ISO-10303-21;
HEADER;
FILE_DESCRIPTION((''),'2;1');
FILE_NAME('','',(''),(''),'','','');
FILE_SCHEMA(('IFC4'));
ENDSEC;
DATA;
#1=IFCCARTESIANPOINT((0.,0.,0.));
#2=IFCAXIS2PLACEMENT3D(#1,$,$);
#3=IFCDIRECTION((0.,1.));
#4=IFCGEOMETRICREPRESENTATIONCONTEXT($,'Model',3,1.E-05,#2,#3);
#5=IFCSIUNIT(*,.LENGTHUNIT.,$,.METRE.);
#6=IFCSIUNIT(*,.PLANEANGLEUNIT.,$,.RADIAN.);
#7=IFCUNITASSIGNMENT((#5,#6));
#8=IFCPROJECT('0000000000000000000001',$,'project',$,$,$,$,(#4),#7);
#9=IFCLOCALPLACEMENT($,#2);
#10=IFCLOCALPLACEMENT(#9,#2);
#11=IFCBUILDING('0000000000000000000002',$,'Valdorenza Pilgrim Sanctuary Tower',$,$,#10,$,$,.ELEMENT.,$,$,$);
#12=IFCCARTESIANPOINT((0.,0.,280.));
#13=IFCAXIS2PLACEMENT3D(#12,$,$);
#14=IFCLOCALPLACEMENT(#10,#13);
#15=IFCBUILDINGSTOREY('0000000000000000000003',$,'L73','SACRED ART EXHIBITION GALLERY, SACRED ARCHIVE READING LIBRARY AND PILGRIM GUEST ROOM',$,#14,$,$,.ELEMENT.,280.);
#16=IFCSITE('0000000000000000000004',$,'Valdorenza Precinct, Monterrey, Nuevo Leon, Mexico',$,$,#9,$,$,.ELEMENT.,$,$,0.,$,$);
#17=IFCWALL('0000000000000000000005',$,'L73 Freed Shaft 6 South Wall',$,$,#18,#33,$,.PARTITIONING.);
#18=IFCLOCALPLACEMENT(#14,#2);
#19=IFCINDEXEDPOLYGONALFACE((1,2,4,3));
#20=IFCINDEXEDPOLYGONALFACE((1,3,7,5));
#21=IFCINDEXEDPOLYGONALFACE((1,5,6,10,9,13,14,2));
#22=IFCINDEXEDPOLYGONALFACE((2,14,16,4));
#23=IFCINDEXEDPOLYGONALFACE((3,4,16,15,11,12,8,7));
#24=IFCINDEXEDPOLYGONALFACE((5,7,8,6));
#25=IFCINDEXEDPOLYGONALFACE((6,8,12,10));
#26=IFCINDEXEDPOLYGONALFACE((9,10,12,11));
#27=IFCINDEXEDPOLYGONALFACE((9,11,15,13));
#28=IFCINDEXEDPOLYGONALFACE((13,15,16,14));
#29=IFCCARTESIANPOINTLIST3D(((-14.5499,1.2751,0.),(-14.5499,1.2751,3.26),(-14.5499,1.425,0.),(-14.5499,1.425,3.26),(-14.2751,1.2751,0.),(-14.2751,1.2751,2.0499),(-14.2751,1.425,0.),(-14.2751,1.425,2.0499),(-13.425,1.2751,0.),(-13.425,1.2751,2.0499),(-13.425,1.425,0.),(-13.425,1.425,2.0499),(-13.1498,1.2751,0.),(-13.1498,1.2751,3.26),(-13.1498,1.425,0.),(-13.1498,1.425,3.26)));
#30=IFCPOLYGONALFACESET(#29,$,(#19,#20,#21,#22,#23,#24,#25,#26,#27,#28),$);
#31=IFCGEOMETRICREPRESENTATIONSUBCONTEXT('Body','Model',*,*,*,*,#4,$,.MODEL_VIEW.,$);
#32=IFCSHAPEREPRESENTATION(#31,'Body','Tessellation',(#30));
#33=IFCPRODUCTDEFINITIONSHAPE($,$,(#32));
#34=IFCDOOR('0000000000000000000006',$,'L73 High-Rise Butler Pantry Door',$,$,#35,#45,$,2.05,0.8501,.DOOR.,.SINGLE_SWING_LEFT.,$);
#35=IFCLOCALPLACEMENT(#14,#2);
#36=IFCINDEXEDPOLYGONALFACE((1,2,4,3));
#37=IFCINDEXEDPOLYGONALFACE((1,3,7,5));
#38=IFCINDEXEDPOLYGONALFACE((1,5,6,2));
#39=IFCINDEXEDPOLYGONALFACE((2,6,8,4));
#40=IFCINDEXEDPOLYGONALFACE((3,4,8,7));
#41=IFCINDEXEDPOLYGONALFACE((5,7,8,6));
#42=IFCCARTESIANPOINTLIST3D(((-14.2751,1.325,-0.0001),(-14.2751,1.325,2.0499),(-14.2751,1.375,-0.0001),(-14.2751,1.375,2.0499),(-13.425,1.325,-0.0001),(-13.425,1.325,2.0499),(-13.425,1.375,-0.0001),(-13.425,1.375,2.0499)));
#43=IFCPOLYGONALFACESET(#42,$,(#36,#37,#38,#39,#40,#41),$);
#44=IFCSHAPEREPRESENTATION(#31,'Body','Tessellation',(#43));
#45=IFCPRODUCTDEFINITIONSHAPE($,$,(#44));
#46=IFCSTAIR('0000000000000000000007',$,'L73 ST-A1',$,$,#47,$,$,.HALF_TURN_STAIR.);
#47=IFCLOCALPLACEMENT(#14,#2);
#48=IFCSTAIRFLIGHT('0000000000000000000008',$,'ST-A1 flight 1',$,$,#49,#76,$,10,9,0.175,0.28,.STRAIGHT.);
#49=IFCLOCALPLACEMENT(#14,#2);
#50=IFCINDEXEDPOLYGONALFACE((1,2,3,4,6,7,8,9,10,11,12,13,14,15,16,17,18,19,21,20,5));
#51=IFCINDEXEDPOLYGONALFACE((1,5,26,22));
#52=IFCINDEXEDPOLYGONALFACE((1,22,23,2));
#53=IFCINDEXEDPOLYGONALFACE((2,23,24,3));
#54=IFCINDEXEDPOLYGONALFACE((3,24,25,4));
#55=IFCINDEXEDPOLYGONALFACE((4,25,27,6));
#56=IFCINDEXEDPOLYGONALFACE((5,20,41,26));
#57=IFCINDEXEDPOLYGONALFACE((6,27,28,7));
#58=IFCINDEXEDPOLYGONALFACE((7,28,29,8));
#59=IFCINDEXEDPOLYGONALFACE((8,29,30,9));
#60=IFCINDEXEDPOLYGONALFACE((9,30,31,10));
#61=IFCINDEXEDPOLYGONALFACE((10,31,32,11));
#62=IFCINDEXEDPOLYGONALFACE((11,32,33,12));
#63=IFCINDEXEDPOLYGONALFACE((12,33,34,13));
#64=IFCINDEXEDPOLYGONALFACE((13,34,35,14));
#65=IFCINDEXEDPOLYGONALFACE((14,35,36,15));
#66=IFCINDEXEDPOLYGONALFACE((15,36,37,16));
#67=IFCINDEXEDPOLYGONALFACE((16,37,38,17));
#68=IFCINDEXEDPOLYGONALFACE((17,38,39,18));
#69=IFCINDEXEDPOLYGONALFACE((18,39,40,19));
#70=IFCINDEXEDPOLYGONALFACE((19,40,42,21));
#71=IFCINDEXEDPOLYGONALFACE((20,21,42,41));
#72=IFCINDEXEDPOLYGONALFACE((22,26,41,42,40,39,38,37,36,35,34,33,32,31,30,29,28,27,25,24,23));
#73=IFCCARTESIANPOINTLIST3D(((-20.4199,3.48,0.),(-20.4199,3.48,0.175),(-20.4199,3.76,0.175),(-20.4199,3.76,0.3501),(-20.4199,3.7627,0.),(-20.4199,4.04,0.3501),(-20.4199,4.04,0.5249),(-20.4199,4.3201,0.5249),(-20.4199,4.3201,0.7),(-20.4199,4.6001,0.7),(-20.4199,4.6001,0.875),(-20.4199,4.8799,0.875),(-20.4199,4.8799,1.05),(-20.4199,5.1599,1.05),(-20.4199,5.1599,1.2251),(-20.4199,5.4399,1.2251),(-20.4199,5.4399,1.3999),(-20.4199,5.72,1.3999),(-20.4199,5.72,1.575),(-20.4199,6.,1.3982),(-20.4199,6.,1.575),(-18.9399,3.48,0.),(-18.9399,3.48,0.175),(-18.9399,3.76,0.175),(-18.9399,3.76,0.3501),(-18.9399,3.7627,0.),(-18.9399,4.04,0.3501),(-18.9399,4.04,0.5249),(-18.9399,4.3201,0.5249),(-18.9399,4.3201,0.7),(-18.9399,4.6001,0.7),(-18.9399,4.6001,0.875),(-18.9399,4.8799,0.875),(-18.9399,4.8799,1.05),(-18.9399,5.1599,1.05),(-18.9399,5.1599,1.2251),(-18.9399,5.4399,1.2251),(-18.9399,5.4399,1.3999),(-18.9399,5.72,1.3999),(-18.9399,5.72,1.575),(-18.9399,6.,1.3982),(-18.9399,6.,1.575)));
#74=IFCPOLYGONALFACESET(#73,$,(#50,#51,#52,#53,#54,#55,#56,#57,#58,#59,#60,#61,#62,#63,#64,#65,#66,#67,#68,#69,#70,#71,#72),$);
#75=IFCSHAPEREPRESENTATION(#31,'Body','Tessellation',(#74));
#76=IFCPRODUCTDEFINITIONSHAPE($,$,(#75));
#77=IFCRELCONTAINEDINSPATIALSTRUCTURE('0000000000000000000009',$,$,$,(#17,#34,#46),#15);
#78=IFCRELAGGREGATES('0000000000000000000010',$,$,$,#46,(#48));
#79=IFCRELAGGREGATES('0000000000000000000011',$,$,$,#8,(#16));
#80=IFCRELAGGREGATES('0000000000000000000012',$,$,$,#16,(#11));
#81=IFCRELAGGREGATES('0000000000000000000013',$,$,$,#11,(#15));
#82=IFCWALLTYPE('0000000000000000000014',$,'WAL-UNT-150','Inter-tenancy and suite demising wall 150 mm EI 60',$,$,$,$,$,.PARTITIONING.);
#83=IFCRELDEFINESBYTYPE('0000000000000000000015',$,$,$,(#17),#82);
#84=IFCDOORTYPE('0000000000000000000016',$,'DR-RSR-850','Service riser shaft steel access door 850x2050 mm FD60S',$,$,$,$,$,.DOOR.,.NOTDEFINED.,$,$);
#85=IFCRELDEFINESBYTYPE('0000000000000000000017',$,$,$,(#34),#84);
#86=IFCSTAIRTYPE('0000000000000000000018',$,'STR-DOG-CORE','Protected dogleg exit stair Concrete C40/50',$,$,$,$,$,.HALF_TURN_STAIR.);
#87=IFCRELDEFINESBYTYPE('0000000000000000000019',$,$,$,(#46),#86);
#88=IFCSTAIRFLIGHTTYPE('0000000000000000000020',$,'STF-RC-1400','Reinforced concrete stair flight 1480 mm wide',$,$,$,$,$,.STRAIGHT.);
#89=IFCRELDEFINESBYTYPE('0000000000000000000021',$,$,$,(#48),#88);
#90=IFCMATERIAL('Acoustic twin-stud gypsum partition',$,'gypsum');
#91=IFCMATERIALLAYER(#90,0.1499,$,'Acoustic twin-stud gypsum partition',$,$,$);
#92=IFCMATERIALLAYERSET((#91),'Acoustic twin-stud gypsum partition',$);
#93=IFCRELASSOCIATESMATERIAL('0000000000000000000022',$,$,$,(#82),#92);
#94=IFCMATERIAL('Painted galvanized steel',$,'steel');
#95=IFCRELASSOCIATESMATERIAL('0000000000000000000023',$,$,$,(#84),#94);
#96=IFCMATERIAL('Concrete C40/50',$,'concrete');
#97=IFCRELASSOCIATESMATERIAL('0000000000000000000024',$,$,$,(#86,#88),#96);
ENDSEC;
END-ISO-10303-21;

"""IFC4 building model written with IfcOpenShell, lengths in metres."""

from ifc_helpers import new_model, si_unit, direction, frame, frame_2d, origin, place, context, subcontext, project, spatial, polyline, rectangle, outline, extrude, material, layer, layer_set, type_object, element, fill, aggregate, save


model = new_model("IFC4")

# Units and contexts
model_context = context("Model", 3, precision=1e-05, world=origin(), true_north=direction((0.0, 1.0)))
body_context = subcontext(model_context, "Body", "Model", "MODEL_VIEW")
ifc_project = project(units=[si_unit("LENGTHUNIT", "METRE"), si_unit("PLANEANGLEUNIT", "RADIAN")], contexts=[model_context])

# Site, building, storey
site_placement = place(None, origin())
site = spatial("IfcSite", under=ifc_project, at=site_placement, Name="Valdorenza Precinct, Monterrey, Nuevo Leon, Mexico", CompositionType="ELEMENT", RefElevation=0.0)
building_placement = place(site_placement, origin())
building = spatial("IfcBuilding", under=site, at=building_placement, Name="Valdorenza Pilgrim Sanctuary Tower", CompositionType="ELEMENT")
storey_placement = place(building_placement, frame((0.0, 0.0, 280.0)))
storey = spatial("IfcBuildingStorey", under=building, at=storey_placement, Name="L73", Description="SACRED ART EXHIBITION GALLERY, SACRED ARCHIVE READING LIBRARY AND PILGRIM GUEST ROOM", CompositionType="ELEMENT", Elevation=280.0)

# Shared definitions
ifc_material_1 = material(Name="Acoustic twin-stud gypsum partition", Category="gypsum")

# Shared definitions
ifc_material_2 = material(Name="Concrete C40/50", Category="concrete")
ifc_layer_1 = layer(ifc_material_1, 0.1499, Name="Acoustic twin-stud gypsum partition")
ifc_layer_set_1 = layer_set([ifc_layer_1], Name="Acoustic twin-stud gypsum partition")
wall_type_1 = type_object("IfcWallType", Name="WAL-UNT-150", Description="Inter-tenancy and suite demising wall 150 mm EI 60", PredefinedType="PARTITIONING", material=ifc_layer_set_1)

# Wall, opening, door
wall_1_placement = place(storey_placement, frame((-14.55, 1.3501, 0.0), z_axis=(0.0, 0.0, 1.0), x_axis=(1.0, 0.0, 0.0)))
wall_1 = element("IfcWall", 1, at=wall_1_placement, inside=storey, type_object=wall_type_1, Name="L73 Freed Shaft 6 South Wall", PredefinedType="PARTITIONING", context=body_context, shape_type="SweptSolid", body=[
    extrude(rectangle(XDim=1.4001, YDim=0.1499, at=frame_2d((0.7002, 0.0))), origin(), (0.0, 0.0, 1.0), 3.26),
])
opening_1_placement = place(wall_1_placement, frame((0.2749, 0.0, 0.0)))
opening_1 = element("IfcOpeningElement", 2, at=opening_1_placement, cuts=wall_1, PredefinedType="OPENING", context=body_context, shape_type="SweptSolid", body=[
    extrude(rectangle(XDim=0.8501, YDim=2.05, at=frame_2d((0.425, 1.0249))), frame((0.0, 0.0898, 0.0), z_axis=(0.0, -1.0, 0.0), x_axis=(1.0, 0.0, 0.0)), (0.0, 0.0, 1.0), 0.1797),
])
ifc_material_3 = material(Name="Painted galvanized steel", Category="steel")
door_type_1 = type_object("IfcDoorType", Name="DR-RSR-850", Description="Service riser shaft steel access door 850x2050 mm FD60S", OperationType="NOTDEFINED", PredefinedType="DOOR", material=ifc_material_3)
door_1_placement = place(opening_1_placement, origin())
door_1 = element("IfcDoor", 3, at=door_1_placement, inside=storey, type_object=door_type_1, Name="L73 High-Rise Butler Pantry Door", OperationType="SINGLE_SWING_LEFT", OverallHeight=2.05, OverallWidth=0.8501, PredefinedType="DOOR", context=body_context, shape_type="SweptSolid", body=[
    extrude(rectangle(XDim=0.8501, YDim=2.05, at=frame_2d((0.425, 1.0249))), frame((0.0, 0.0249, 0.0), z_axis=(0.0, -1.0, 0.0), x_axis=(1.0, 0.0, 0.0)), (0.0, 0.0, 1.0), 0.05),
])
fill(opening_1, door_1)

# Stair, stair flight
stair_type = type_object("IfcStairType", Name="STR-DOG-CORE", Description="Protected dogleg exit stair Concrete C40/50", PredefinedType="HALF_TURN_STAIR", material=ifc_material_2)
stair_placement = place(storey_placement, origin())
stair = element("IfcStair", 4, at=stair_placement, inside=storey, type_object=stair_type, Name="L73 ST-A1", PredefinedType="HALF_TURN_STAIR")
stair_flight_type = type_object("IfcStairFlightType", Name="STF-RC-1400", Description="Reinforced concrete stair flight 1480 mm wide", PredefinedType="STRAIGHT", material=ifc_material_2)
stair_flight_placement = place(storey_placement, frame((-19.6799, 3.48, 0.0), z_axis=(0.0, 0.0, 1.0), x_axis=(0.0, 1.0, 0.0)))
stair_flight = element("IfcStairFlight", 5, at=stair_flight_placement, type_object=stair_flight_type, Name="ST-A1 flight 1", NumberOfRisers=10, NumberOfTreads=9, PredefinedType="STRAIGHT", RiserHeight=0.175, TreadLength=0.28, context=body_context, shape_type="SweptSolid", body=[
    extrude(outline(polyline([(0.0, 0.0), (0.0, 0.175), (0.28, 0.175), (0.28, 0.3501), (0.5601, 0.3501), (0.5601, 0.5249), (0.8401, 0.5249), (0.8401, 0.7), (1.1201, 0.7), (1.1201, 0.875), (1.3999, 0.875), (1.3999, 1.05), (1.6799, 1.05), (1.6799, 1.2251), (1.96, 1.2251), (1.96, 1.3999), (2.24, 1.3999), (2.24, 1.575), (2.52, 1.575), (2.52, 1.75), (2.52, 1.3982), (0.2827, 0.0), (0.0, 0.0)])), frame((0.0, 0.74, 0.0), z_axis=(0.0, -1.0, 0.0), x_axis=(1.0, 0.0, 0.0)), (0.0, 0.0, 1.0), 1.48),
])
aggregate(stair, [stair_flight])

save(model, "model.ifc")
